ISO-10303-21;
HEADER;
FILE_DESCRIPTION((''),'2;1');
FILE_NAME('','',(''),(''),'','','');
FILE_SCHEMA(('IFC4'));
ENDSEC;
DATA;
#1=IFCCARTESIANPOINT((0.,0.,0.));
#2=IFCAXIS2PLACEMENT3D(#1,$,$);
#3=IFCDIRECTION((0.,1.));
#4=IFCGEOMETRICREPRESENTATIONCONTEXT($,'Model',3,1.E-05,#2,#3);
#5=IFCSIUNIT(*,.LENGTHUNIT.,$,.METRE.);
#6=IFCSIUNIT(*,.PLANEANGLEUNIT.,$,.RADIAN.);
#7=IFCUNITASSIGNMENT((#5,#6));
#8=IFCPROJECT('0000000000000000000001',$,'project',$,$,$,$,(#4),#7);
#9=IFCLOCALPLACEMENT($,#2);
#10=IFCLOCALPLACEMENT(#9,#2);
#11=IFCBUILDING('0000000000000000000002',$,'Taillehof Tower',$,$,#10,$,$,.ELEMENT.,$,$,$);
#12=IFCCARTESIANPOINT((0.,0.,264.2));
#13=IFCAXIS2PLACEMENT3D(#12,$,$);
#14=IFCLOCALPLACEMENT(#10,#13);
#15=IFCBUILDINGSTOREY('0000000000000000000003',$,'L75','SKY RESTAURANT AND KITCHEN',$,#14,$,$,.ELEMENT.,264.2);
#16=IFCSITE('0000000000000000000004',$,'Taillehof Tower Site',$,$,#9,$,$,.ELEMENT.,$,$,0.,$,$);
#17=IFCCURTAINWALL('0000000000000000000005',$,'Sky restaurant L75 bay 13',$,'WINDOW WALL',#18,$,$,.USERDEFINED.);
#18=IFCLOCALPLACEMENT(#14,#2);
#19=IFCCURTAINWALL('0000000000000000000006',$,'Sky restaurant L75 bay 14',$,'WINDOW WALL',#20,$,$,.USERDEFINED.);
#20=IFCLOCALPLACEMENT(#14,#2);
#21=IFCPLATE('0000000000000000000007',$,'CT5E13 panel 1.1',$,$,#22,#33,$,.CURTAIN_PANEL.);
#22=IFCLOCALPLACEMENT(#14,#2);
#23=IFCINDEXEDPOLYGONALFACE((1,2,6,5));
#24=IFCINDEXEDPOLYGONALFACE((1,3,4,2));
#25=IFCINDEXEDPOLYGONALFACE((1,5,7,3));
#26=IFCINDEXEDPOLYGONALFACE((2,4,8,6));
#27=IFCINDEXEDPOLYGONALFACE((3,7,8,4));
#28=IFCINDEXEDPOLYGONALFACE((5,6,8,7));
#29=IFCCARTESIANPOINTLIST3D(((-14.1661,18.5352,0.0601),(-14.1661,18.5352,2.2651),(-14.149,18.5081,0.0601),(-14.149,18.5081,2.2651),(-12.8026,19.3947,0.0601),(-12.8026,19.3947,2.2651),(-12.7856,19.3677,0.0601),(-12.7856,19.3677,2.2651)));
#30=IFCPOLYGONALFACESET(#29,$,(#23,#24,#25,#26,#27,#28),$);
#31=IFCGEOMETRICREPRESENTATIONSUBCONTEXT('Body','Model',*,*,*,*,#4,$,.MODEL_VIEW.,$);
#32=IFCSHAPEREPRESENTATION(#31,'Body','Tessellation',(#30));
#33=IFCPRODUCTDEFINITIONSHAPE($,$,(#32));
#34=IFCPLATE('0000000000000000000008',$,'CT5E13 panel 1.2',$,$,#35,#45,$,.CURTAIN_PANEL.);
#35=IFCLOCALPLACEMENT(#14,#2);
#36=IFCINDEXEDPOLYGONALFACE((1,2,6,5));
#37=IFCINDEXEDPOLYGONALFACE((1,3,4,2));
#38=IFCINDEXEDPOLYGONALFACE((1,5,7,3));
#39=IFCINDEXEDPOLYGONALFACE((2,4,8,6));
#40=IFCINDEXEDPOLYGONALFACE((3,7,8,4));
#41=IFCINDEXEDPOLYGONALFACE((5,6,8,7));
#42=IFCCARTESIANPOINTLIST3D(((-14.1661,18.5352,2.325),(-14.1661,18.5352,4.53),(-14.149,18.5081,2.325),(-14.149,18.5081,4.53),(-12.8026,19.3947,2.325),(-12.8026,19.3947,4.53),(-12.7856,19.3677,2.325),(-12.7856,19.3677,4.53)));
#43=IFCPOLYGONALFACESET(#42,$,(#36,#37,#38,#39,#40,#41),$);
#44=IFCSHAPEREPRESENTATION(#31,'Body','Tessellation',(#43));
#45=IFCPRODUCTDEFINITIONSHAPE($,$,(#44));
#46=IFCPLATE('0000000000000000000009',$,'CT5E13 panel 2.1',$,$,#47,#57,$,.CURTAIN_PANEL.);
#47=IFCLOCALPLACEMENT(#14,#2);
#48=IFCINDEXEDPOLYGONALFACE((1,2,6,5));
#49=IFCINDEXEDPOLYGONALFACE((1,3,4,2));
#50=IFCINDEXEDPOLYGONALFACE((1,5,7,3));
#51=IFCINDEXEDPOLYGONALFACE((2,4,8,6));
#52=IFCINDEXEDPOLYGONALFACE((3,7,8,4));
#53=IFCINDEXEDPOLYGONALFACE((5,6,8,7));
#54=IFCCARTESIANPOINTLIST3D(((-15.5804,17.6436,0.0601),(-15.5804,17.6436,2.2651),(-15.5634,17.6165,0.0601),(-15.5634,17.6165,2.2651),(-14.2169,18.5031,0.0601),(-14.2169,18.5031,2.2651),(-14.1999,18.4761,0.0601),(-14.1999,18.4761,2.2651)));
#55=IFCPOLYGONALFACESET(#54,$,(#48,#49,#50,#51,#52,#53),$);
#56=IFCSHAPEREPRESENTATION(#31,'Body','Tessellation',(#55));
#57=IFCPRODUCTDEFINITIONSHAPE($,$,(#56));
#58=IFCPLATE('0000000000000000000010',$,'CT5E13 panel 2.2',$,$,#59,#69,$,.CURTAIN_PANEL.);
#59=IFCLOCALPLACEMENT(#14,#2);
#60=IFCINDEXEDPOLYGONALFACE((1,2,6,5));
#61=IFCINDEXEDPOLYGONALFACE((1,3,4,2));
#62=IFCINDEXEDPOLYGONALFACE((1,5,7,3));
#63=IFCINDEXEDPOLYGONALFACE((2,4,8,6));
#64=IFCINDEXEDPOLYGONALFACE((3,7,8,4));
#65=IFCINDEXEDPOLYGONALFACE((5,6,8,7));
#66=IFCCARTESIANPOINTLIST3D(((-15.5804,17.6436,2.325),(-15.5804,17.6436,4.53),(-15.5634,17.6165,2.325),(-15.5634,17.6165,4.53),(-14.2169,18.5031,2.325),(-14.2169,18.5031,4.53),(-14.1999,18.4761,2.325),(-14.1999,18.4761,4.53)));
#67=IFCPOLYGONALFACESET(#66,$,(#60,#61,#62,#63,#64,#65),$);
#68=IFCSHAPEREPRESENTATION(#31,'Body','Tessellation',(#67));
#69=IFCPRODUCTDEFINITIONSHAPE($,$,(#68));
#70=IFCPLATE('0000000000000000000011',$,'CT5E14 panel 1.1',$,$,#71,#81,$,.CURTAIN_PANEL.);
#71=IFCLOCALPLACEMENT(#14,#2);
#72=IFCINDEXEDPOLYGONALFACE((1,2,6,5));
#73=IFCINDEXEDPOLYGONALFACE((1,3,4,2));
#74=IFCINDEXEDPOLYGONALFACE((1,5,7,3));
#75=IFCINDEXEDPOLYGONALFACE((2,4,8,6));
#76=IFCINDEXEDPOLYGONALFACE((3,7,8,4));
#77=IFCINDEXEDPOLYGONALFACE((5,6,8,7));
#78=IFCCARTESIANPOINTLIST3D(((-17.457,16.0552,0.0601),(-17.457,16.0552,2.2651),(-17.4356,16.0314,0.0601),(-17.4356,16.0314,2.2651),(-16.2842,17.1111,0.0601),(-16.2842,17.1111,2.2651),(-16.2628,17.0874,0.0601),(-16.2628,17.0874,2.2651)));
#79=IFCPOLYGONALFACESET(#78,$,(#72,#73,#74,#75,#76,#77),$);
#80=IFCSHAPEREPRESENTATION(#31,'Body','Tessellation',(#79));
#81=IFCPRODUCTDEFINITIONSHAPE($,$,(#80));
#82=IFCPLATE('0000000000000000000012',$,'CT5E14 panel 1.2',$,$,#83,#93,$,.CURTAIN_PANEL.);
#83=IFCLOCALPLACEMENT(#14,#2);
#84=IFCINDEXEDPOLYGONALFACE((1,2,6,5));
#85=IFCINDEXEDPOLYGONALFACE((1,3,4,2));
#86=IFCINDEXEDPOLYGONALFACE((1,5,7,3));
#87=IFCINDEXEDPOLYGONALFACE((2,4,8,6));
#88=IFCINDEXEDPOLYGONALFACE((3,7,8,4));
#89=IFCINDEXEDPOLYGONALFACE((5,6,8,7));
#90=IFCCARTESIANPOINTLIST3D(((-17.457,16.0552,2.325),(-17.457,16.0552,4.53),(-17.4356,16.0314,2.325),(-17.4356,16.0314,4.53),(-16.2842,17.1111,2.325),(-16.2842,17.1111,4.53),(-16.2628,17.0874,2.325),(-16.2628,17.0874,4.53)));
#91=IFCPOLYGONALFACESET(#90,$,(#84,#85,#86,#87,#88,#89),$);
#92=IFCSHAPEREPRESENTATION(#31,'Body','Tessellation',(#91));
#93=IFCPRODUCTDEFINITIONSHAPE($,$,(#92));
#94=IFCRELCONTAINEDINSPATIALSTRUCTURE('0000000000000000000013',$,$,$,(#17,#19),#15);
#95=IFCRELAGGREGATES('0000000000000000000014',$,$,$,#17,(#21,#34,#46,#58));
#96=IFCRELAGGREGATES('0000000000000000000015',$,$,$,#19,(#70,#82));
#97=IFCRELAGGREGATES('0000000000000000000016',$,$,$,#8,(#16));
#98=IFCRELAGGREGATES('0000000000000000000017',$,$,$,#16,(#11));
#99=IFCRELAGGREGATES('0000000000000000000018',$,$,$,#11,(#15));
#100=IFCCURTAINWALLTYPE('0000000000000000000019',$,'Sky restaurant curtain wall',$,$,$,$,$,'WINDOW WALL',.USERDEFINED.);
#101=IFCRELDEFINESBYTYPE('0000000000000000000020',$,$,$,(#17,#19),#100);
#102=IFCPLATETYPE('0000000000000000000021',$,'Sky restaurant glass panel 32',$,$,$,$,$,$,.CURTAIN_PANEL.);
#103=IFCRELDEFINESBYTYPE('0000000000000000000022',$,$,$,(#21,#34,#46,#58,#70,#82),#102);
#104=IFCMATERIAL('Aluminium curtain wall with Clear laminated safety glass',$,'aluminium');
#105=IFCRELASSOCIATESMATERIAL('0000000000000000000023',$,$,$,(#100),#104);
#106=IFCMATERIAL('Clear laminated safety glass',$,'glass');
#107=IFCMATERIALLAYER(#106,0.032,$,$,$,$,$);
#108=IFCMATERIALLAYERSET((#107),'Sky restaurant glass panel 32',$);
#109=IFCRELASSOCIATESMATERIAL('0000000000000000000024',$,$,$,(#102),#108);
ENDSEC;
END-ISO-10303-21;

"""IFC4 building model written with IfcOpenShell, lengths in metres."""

from ifc_helpers import new_model, si_unit, direction, frame, origin, origin_2d, place, context, subcontext, project, spatial, rectangle, extrude, material, layer, layer_set, type_object, element, aggregate, save


model = new_model("IFC4")

# Units and contexts
model_context = context("Model", 3, precision=1e-05, world=origin(), true_north=direction((0.0, 1.0)))
body_context = subcontext(model_context, "Body", "Model", "MODEL_VIEW")
ifc_project = project(units=[si_unit("LENGTHUNIT", "METRE"), si_unit("PLANEANGLEUNIT", "RADIAN")], contexts=[model_context])

# Site, building, storey
site_placement = place(None, origin())
site = spatial("IfcSite", under=ifc_project, at=site_placement, Name="Taillehof Tower Site", CompositionType="ELEMENT", RefElevation=0.0)
building_placement = place(site_placement, origin())
building = spatial("IfcBuilding", under=site, at=building_placement, Name="Taillehof Tower", CompositionType="ELEMENT")
storey_placement = place(building_placement, frame((0.0, 0.0, 264.2)))
storey = spatial("IfcBuildingStorey", under=building, at=storey_placement, Name="L75", Description="SKY RESTAURANT AND KITCHEN", CompositionType="ELEMENT", Elevation=264.2)

# Curtain walls
ifc_material_1 = material(Name="Aluminium curtain wall with Clear laminated safety glass", Category="aluminium")
curtain_wall_type = type_object("IfcCurtainWallType", Name="Sky restaurant curtain wall", ElementType="WINDOW WALL", PredefinedType="USERDEFINED", material=ifc_material_1)
curtain_wall_1_placement = place(storey_placement, origin())
curtain_wall_1 = element("IfcCurtainWall", 1, at=curtain_wall_1_placement, inside=storey, type_object=curtain_wall_type, Name="Sky restaurant L75 bay 13", ObjectType="WINDOW WALL", PredefinedType="USERDEFINED")
curtain_wall_2_placement = place(storey_placement, origin())
curtain_wall_2 = element("IfcCurtainWall", 2, at=curtain_wall_2_placement, inside=storey, type_object=curtain_wall_type, Name="Sky restaurant L75 bay 14", ObjectType="WINDOW WALL", PredefinedType="USERDEFINED")

# Plates
ifc_material_2 = material(Name="Clear laminated safety glass", Category="glass")
ifc_layer = layer(ifc_material_2, 0.032)
ifc_layer_set = layer_set([ifc_layer], Name="Sky restaurant glass panel 32")
plate_type = type_object("IfcPlateType", Name="Sky restaurant glass panel 32", PredefinedType="CURTAIN_PANEL", material=ifc_layer_set)
plate_1_placement = place(storey_placement, frame((-13.4758, 18.9514, 0.0601), z_axis=(0.0, 0.0, 1.0), x_axis=(-0.84593, -0.533294, 0.0)))
plate_1 = element("IfcPlate", 3, at=plate_1_placement, type_object=plate_type, Name="CT5E13 panel 1.1", PredefinedType="CURTAIN_PANEL", context=body_context, shape_type="SweptSolid", body=[
    extrude(rectangle(XDim=1.6118, YDim=0.032, at=origin_2d()), origin(), (0.0, 0.0, 1.0), 2.2051),
])
plate_2_placement = place(storey_placement, frame((-13.4758, 18.9514, 2.325), z_axis=(0.0, 0.0, 1.0), x_axis=(-0.84593, -0.533294, 0.0)))
plate_2 = element("IfcPlate", 4, at=plate_2_placement, type_object=plate_type, Name="CT5E13 panel 1.2", PredefinedType="CURTAIN_PANEL", context=body_context, shape_type="SweptSolid", body=[
    extrude(rectangle(XDim=1.6118, YDim=0.032, at=origin_2d()), origin(), (0.0, 0.0, 1.0), 2.2051),
])
plate_3_placement = place(storey_placement, frame((-14.8901, 18.0598, 0.0601), z_axis=(0.0, 0.0, 1.0), x_axis=(-0.84593, -0.533294, 0.0)))
plate_3 = element("IfcPlate", 5, at=plate_3_placement, type_object=plate_type, Name="CT5E13 panel 2.1", PredefinedType="CURTAIN_PANEL", context=body_context, shape_type="SweptSolid", body=[
    extrude(rectangle(XDim=1.6118, YDim=0.032, at=origin_2d()), origin(), (0.0, 0.0, 1.0), 2.2051),
])
plate_4_placement = place(storey_placement, frame((-14.8901, 18.0598, 2.325), z_axis=(0.0, 0.0, 1.0), x_axis=(-0.84593, -0.533294, 0.0)))
plate_4 = element("IfcPlate", 6, at=plate_4_placement, type_object=plate_type, Name="CT5E13 panel 2.2", PredefinedType="CURTAIN_PANEL", context=body_context, shape_type="SweptSolid", body=[
    extrude(rectangle(XDim=1.6118, YDim=0.032, at=origin_2d()), origin(), (0.0, 0.0, 1.0), 2.2051),
])
aggregate(curtain_wall_1, [plate_1, plate_2, plate_3, plate_4])
plate_5_placement = place(storey_placement, frame((-16.8599, 16.5713, 0.0601), z_axis=(0.0, 0.0, 1.0), x_axis=(-0.743166, -0.669107, 0.0)))
plate_5 = element("IfcPlate", 7, at=plate_5_placement, type_object=plate_type, Name="CT5E14 panel 1.1", PredefinedType="CURTAIN_PANEL", context=body_context, shape_type="SweptSolid", body=[
    extrude(rectangle(XDim=1.5781, YDim=0.032, at=origin_2d()), origin(), (0.0, 0.0, 1.0), 2.2051),
])
plate_6_placement = place(storey_placement, frame((-16.8599, 16.5713, 2.325), z_axis=(0.0, 0.0, 1.0), x_axis=(-0.743166, -0.669107, 0.0)))
plate_6 = element("IfcPlate", 8, at=plate_6_placement, type_object=plate_type, Name="CT5E14 panel 1.2", PredefinedType="CURTAIN_PANEL", context=body_context, shape_type="SweptSolid", body=[
    extrude(rectangle(XDim=1.5781, YDim=0.032, at=origin_2d()), origin(), (0.0, 0.0, 1.0), 2.2051),
])
aggregate(curtain_wall_2, [plate_5, plate_6])

save(model, "model.ifc")
